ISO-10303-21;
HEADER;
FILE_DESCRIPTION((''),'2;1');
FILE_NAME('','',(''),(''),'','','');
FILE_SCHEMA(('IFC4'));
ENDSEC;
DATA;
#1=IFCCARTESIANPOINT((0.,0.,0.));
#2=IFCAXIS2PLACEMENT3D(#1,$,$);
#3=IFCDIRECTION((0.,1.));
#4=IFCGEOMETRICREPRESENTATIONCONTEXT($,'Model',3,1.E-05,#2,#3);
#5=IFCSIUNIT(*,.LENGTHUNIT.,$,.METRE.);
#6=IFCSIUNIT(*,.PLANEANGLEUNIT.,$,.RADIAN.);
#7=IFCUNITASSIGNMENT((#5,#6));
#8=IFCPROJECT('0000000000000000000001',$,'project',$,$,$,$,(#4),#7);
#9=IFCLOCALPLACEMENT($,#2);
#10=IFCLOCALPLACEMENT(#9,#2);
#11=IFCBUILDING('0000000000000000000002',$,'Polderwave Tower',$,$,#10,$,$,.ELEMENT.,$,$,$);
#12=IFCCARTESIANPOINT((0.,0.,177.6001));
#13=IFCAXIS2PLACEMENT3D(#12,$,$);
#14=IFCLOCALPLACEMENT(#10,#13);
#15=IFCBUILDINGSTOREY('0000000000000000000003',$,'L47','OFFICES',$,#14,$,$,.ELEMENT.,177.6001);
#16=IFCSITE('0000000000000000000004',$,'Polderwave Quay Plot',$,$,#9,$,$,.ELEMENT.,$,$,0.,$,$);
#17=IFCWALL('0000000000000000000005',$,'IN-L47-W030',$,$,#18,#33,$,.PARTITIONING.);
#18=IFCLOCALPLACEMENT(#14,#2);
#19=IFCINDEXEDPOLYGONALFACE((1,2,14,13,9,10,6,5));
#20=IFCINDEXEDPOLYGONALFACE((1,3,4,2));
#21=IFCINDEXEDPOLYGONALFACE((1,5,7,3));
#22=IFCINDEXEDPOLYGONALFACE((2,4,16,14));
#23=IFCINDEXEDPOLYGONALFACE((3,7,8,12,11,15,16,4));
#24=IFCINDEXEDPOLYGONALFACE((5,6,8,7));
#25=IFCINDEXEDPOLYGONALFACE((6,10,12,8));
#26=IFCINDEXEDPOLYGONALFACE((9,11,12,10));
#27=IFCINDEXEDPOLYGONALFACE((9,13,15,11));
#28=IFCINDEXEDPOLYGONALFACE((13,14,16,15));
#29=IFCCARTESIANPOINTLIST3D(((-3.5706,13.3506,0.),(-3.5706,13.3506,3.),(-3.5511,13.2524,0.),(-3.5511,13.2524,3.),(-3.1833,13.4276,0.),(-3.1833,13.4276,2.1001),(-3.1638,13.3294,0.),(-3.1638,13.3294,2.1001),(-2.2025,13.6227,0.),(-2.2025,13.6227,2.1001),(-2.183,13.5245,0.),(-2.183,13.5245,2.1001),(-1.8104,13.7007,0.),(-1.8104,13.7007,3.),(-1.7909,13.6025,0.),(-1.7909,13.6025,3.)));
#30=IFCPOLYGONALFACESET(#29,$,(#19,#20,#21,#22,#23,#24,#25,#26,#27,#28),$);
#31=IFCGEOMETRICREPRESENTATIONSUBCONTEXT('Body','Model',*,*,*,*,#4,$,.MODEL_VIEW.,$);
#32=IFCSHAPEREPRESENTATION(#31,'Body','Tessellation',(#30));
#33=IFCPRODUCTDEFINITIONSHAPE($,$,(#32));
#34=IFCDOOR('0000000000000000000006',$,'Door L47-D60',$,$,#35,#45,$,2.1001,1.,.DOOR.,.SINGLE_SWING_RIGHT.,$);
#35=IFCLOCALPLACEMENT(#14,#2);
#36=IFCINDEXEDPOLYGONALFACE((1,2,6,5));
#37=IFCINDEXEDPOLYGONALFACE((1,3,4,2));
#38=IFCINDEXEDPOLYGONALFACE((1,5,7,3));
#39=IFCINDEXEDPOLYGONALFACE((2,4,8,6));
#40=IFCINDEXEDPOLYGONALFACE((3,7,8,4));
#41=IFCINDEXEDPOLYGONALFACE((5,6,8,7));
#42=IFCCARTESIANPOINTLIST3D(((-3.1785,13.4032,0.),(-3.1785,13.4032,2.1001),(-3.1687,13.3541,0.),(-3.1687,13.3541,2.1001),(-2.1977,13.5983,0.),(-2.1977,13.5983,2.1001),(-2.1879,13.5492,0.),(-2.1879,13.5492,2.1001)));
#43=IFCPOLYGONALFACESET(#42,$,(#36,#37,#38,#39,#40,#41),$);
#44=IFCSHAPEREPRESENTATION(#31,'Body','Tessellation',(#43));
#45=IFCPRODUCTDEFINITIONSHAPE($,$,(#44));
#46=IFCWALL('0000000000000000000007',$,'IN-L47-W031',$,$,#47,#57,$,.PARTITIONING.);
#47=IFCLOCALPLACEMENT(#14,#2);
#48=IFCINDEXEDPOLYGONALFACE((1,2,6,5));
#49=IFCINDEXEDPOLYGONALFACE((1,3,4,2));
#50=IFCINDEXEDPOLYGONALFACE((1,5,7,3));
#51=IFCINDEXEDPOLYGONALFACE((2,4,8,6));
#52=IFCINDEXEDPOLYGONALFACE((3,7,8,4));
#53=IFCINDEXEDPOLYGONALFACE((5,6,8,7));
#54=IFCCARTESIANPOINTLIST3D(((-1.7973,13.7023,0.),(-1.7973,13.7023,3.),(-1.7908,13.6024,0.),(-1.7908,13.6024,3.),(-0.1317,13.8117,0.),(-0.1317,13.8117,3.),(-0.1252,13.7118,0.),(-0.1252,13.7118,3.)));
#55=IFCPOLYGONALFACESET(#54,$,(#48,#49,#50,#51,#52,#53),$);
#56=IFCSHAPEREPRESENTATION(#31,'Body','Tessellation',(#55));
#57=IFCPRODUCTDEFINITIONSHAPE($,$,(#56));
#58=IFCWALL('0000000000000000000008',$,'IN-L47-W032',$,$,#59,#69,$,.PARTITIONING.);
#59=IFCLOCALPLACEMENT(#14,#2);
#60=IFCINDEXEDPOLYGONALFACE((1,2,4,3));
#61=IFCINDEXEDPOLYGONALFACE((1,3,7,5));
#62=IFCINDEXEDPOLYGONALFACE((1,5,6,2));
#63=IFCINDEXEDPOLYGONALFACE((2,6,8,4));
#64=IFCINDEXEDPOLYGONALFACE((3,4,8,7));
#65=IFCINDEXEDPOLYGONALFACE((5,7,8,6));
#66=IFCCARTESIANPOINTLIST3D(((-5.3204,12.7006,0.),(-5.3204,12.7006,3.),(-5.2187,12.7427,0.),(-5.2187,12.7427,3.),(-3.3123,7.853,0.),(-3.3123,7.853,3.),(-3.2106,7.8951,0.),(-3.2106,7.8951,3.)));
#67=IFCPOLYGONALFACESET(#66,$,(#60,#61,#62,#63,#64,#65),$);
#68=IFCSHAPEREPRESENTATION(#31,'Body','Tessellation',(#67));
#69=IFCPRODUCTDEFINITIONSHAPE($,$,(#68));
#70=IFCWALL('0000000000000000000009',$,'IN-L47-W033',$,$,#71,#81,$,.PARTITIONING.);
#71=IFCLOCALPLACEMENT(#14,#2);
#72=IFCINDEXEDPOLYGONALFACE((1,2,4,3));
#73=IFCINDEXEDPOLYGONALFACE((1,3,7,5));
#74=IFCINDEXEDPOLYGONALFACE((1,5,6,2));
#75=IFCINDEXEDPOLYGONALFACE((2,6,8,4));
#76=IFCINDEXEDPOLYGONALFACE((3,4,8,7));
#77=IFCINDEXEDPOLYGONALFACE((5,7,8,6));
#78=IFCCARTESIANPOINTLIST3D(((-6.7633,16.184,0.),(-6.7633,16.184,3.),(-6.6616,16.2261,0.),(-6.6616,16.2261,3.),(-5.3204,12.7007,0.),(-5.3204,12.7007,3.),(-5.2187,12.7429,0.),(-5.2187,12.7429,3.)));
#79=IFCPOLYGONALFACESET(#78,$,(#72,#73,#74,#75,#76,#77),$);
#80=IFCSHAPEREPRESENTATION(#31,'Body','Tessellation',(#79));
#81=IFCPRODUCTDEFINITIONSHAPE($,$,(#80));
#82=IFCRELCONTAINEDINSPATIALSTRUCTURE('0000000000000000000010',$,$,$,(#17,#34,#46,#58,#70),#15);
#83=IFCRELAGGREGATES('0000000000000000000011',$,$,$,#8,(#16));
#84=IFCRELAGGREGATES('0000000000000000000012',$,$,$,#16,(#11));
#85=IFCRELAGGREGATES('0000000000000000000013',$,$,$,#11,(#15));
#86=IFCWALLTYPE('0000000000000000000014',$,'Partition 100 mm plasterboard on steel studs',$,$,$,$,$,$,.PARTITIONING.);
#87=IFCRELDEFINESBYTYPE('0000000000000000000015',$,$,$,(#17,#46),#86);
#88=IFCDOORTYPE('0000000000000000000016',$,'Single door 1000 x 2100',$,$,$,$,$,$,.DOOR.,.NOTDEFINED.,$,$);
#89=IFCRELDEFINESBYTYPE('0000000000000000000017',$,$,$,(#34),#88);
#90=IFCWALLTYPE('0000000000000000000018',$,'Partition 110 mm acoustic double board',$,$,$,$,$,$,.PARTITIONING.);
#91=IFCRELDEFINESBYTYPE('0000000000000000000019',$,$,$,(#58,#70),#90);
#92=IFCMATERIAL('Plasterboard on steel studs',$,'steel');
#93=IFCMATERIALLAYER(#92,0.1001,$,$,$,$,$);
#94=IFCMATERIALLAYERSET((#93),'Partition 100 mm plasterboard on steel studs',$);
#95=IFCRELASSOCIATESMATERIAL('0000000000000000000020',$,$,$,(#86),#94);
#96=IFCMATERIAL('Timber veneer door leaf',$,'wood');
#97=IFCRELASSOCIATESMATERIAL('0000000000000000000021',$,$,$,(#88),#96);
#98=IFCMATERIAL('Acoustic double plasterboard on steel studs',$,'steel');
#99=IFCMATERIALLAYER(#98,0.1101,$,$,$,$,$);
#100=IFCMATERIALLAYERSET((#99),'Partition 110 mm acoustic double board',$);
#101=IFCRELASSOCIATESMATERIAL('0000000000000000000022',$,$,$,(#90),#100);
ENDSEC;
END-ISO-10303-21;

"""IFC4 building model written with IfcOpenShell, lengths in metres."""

from ifc_helpers import new_model, si_unit, direction, frame, frame_2d, origin, place, context, subcontext, project, spatial, rectangle, extrude, material, layer, layer_set, type_object, element, fill, save


model = new_model("IFC4")

# Units and contexts
model_context = context("Model", 3, precision=1e-05, world=origin(), true_north=direction((0.0, 1.0)))
body_context = subcontext(model_context, "Body", "Model", "MODEL_VIEW")
ifc_project = project(units=[si_unit("LENGTHUNIT", "METRE"), si_unit("PLANEANGLEUNIT", "RADIAN")], contexts=[model_context])

# Site, building, storey
site_placement = place(None, origin())
site = spatial("IfcSite", under=ifc_project, at=site_placement, Name="Polderwave Quay Plot", CompositionType="ELEMENT", RefElevation=0.0)
building_placement = place(site_placement, origin())
building = spatial("IfcBuilding", under=site, at=building_placement, Name="Polderwave Tower", CompositionType="ELEMENT")
storey_placement = place(building_placement, frame((0.0, 0.0, 177.6001)))
storey = spatial("IfcBuildingStorey", under=building, at=storey_placement, Name="L47", Description="OFFICES", CompositionType="ELEMENT", Elevation=177.6001)

# Shared definitions
ifc_material_1 = material(Name="Plasterboard on steel studs", Category="steel")
ifc_layer_1 = layer(ifc_material_1, 0.1001)
ifc_layer_set_1 = layer_set([ifc_layer_1], Name="Partition 100 mm plasterboard on steel studs")
wall_type_1 = type_object("IfcWallType", Name="Partition 100 mm plasterboard on steel studs", PredefinedType="PARTITIONING", material=ifc_layer_set_1)

# Wall, opening, door
wall_1_placement = place(storey_placement, frame((-1.8005, 13.6516, 0.0), z_axis=(0.0, 0.0, 1.0), x_axis=(-0.980789, -0.19507, 0.0)))
wall_1 = element("IfcWall", 1, at=wall_1_placement, inside=storey, type_object=wall_type_1, Name="IN-L47-W030", PredefinedType="PARTITIONING", context=body_context, shape_type="SweptSolid", body=[
    extrude(rectangle(XDim=1.7947, YDim=0.1001, at=frame_2d((0.8975, 0.0))), origin(), (0.0, 0.0, 1.0), 3.0),
])
opening_placement = place(wall_1_placement, frame((0.3999, 0.0, 0.0)))
opening = element("IfcOpeningElement", 2, at=opening_placement, cuts=wall_1, PredefinedType="OPENING", context=body_context, shape_type="SweptSolid", body=[
    extrude(rectangle(XDim=1.0, YDim=2.1001, at=frame_2d((0.5, 1.05))), frame((0.0, 0.0601, 0.0), z_axis=(0.0, -1.0, 0.0), x_axis=(1.0, 0.0, 0.0)), (0.0, 0.0, 1.0), 0.1201),
])
ifc_material_2 = material(Name="Timber veneer door leaf", Category="wood")
door_type = type_object("IfcDoorType", Name="Single door 1000 x 2100", OperationType="NOTDEFINED", PredefinedType="DOOR", material=ifc_material_2)
door_placement = place(opening_placement, origin())
door = element("IfcDoor", 3, at=door_placement, inside=storey, type_object=door_type, Name="Door L47-D60", OperationType="SINGLE_SWING_RIGHT", OverallHeight=2.1001, OverallWidth=1.0, PredefinedType="DOOR", context=body_context, shape_type="SweptSolid", body=[
    extrude(rectangle(XDim=1.0, YDim=2.1001, at=frame_2d((0.5, 1.05))), frame((0.0, 0.0249, 0.0), z_axis=(0.0, -1.0, 0.0), x_axis=(1.0, 0.0, 0.0)), (0.0, 0.0, 1.0), 0.05),
])
fill(opening, door)

# Walls
wall_2_placement = place(storey_placement, frame((-1.7939, 13.6523, 0.0), z_axis=(0.0, 0.0, 1.0), x_axis=(0.997851, 0.065529, 0.0)))
element("IfcWall", 4, at=wall_2_placement, inside=storey, type_object=wall_type_1, Name="IN-L47-W031", PredefinedType="PARTITIONING", context=body_context, shape_type="SweptSolid", body=[
    extrude(rectangle(XDim=1.6692, YDim=0.1001, at=frame_2d((0.8345, 0.0))), origin(), (0.0, 0.0, 1.0), 3.0),
])
ifc_material_3 = material(Name="Acoustic double plasterboard on steel studs", Category="steel")
ifc_layer_2 = layer(ifc_material_3, 0.1101)
ifc_layer_set_2 = layer_set([ifc_layer_2], Name="Partition 110 mm acoustic double board")
wall_type_2 = type_object("IfcWallType", Name="Partition 110 mm acoustic double board", PredefinedType="PARTITIONING", material=ifc_layer_set_2)
wall_3_placement = place(storey_placement, frame((-3.2615, 7.874, 0.0), z_axis=(0.0, 0.0, 1.0), x_axis=(-0.382698, 0.923873, 0.0)))
element("IfcWall", 5, at=wall_3_placement, inside=storey, type_object=wall_type_2, Name="IN-L47-W032", PredefinedType="PARTITIONING", context=body_context, shape_type="SweptSolid", body=[
    extrude(rectangle(XDim=5.2471, YDim=0.1101, at=frame_2d((2.6235, 0.0))), origin(), (0.0, 0.0, 1.0), 3.0),
])
wall_4_placement = place(storey_placement, frame((-5.2695, 12.7217, 0.0), z_axis=(0.0, 0.0, 1.0), x_axis=(-0.382706, 0.92387, 0.0)))
element("IfcWall", 6, at=wall_4_placement, inside=storey, type_object=wall_type_2, Name="IN-L47-W033", PredefinedType="PARTITIONING", context=body_context, shape_type="SweptSolid", body=[
    extrude(rectangle(XDim=3.7703, YDim=0.1101, at=frame_2d((1.8853, 0.0))), origin(), (0.0, 0.0, 1.0), 3.0),
])

save(model, "model.ifc")
